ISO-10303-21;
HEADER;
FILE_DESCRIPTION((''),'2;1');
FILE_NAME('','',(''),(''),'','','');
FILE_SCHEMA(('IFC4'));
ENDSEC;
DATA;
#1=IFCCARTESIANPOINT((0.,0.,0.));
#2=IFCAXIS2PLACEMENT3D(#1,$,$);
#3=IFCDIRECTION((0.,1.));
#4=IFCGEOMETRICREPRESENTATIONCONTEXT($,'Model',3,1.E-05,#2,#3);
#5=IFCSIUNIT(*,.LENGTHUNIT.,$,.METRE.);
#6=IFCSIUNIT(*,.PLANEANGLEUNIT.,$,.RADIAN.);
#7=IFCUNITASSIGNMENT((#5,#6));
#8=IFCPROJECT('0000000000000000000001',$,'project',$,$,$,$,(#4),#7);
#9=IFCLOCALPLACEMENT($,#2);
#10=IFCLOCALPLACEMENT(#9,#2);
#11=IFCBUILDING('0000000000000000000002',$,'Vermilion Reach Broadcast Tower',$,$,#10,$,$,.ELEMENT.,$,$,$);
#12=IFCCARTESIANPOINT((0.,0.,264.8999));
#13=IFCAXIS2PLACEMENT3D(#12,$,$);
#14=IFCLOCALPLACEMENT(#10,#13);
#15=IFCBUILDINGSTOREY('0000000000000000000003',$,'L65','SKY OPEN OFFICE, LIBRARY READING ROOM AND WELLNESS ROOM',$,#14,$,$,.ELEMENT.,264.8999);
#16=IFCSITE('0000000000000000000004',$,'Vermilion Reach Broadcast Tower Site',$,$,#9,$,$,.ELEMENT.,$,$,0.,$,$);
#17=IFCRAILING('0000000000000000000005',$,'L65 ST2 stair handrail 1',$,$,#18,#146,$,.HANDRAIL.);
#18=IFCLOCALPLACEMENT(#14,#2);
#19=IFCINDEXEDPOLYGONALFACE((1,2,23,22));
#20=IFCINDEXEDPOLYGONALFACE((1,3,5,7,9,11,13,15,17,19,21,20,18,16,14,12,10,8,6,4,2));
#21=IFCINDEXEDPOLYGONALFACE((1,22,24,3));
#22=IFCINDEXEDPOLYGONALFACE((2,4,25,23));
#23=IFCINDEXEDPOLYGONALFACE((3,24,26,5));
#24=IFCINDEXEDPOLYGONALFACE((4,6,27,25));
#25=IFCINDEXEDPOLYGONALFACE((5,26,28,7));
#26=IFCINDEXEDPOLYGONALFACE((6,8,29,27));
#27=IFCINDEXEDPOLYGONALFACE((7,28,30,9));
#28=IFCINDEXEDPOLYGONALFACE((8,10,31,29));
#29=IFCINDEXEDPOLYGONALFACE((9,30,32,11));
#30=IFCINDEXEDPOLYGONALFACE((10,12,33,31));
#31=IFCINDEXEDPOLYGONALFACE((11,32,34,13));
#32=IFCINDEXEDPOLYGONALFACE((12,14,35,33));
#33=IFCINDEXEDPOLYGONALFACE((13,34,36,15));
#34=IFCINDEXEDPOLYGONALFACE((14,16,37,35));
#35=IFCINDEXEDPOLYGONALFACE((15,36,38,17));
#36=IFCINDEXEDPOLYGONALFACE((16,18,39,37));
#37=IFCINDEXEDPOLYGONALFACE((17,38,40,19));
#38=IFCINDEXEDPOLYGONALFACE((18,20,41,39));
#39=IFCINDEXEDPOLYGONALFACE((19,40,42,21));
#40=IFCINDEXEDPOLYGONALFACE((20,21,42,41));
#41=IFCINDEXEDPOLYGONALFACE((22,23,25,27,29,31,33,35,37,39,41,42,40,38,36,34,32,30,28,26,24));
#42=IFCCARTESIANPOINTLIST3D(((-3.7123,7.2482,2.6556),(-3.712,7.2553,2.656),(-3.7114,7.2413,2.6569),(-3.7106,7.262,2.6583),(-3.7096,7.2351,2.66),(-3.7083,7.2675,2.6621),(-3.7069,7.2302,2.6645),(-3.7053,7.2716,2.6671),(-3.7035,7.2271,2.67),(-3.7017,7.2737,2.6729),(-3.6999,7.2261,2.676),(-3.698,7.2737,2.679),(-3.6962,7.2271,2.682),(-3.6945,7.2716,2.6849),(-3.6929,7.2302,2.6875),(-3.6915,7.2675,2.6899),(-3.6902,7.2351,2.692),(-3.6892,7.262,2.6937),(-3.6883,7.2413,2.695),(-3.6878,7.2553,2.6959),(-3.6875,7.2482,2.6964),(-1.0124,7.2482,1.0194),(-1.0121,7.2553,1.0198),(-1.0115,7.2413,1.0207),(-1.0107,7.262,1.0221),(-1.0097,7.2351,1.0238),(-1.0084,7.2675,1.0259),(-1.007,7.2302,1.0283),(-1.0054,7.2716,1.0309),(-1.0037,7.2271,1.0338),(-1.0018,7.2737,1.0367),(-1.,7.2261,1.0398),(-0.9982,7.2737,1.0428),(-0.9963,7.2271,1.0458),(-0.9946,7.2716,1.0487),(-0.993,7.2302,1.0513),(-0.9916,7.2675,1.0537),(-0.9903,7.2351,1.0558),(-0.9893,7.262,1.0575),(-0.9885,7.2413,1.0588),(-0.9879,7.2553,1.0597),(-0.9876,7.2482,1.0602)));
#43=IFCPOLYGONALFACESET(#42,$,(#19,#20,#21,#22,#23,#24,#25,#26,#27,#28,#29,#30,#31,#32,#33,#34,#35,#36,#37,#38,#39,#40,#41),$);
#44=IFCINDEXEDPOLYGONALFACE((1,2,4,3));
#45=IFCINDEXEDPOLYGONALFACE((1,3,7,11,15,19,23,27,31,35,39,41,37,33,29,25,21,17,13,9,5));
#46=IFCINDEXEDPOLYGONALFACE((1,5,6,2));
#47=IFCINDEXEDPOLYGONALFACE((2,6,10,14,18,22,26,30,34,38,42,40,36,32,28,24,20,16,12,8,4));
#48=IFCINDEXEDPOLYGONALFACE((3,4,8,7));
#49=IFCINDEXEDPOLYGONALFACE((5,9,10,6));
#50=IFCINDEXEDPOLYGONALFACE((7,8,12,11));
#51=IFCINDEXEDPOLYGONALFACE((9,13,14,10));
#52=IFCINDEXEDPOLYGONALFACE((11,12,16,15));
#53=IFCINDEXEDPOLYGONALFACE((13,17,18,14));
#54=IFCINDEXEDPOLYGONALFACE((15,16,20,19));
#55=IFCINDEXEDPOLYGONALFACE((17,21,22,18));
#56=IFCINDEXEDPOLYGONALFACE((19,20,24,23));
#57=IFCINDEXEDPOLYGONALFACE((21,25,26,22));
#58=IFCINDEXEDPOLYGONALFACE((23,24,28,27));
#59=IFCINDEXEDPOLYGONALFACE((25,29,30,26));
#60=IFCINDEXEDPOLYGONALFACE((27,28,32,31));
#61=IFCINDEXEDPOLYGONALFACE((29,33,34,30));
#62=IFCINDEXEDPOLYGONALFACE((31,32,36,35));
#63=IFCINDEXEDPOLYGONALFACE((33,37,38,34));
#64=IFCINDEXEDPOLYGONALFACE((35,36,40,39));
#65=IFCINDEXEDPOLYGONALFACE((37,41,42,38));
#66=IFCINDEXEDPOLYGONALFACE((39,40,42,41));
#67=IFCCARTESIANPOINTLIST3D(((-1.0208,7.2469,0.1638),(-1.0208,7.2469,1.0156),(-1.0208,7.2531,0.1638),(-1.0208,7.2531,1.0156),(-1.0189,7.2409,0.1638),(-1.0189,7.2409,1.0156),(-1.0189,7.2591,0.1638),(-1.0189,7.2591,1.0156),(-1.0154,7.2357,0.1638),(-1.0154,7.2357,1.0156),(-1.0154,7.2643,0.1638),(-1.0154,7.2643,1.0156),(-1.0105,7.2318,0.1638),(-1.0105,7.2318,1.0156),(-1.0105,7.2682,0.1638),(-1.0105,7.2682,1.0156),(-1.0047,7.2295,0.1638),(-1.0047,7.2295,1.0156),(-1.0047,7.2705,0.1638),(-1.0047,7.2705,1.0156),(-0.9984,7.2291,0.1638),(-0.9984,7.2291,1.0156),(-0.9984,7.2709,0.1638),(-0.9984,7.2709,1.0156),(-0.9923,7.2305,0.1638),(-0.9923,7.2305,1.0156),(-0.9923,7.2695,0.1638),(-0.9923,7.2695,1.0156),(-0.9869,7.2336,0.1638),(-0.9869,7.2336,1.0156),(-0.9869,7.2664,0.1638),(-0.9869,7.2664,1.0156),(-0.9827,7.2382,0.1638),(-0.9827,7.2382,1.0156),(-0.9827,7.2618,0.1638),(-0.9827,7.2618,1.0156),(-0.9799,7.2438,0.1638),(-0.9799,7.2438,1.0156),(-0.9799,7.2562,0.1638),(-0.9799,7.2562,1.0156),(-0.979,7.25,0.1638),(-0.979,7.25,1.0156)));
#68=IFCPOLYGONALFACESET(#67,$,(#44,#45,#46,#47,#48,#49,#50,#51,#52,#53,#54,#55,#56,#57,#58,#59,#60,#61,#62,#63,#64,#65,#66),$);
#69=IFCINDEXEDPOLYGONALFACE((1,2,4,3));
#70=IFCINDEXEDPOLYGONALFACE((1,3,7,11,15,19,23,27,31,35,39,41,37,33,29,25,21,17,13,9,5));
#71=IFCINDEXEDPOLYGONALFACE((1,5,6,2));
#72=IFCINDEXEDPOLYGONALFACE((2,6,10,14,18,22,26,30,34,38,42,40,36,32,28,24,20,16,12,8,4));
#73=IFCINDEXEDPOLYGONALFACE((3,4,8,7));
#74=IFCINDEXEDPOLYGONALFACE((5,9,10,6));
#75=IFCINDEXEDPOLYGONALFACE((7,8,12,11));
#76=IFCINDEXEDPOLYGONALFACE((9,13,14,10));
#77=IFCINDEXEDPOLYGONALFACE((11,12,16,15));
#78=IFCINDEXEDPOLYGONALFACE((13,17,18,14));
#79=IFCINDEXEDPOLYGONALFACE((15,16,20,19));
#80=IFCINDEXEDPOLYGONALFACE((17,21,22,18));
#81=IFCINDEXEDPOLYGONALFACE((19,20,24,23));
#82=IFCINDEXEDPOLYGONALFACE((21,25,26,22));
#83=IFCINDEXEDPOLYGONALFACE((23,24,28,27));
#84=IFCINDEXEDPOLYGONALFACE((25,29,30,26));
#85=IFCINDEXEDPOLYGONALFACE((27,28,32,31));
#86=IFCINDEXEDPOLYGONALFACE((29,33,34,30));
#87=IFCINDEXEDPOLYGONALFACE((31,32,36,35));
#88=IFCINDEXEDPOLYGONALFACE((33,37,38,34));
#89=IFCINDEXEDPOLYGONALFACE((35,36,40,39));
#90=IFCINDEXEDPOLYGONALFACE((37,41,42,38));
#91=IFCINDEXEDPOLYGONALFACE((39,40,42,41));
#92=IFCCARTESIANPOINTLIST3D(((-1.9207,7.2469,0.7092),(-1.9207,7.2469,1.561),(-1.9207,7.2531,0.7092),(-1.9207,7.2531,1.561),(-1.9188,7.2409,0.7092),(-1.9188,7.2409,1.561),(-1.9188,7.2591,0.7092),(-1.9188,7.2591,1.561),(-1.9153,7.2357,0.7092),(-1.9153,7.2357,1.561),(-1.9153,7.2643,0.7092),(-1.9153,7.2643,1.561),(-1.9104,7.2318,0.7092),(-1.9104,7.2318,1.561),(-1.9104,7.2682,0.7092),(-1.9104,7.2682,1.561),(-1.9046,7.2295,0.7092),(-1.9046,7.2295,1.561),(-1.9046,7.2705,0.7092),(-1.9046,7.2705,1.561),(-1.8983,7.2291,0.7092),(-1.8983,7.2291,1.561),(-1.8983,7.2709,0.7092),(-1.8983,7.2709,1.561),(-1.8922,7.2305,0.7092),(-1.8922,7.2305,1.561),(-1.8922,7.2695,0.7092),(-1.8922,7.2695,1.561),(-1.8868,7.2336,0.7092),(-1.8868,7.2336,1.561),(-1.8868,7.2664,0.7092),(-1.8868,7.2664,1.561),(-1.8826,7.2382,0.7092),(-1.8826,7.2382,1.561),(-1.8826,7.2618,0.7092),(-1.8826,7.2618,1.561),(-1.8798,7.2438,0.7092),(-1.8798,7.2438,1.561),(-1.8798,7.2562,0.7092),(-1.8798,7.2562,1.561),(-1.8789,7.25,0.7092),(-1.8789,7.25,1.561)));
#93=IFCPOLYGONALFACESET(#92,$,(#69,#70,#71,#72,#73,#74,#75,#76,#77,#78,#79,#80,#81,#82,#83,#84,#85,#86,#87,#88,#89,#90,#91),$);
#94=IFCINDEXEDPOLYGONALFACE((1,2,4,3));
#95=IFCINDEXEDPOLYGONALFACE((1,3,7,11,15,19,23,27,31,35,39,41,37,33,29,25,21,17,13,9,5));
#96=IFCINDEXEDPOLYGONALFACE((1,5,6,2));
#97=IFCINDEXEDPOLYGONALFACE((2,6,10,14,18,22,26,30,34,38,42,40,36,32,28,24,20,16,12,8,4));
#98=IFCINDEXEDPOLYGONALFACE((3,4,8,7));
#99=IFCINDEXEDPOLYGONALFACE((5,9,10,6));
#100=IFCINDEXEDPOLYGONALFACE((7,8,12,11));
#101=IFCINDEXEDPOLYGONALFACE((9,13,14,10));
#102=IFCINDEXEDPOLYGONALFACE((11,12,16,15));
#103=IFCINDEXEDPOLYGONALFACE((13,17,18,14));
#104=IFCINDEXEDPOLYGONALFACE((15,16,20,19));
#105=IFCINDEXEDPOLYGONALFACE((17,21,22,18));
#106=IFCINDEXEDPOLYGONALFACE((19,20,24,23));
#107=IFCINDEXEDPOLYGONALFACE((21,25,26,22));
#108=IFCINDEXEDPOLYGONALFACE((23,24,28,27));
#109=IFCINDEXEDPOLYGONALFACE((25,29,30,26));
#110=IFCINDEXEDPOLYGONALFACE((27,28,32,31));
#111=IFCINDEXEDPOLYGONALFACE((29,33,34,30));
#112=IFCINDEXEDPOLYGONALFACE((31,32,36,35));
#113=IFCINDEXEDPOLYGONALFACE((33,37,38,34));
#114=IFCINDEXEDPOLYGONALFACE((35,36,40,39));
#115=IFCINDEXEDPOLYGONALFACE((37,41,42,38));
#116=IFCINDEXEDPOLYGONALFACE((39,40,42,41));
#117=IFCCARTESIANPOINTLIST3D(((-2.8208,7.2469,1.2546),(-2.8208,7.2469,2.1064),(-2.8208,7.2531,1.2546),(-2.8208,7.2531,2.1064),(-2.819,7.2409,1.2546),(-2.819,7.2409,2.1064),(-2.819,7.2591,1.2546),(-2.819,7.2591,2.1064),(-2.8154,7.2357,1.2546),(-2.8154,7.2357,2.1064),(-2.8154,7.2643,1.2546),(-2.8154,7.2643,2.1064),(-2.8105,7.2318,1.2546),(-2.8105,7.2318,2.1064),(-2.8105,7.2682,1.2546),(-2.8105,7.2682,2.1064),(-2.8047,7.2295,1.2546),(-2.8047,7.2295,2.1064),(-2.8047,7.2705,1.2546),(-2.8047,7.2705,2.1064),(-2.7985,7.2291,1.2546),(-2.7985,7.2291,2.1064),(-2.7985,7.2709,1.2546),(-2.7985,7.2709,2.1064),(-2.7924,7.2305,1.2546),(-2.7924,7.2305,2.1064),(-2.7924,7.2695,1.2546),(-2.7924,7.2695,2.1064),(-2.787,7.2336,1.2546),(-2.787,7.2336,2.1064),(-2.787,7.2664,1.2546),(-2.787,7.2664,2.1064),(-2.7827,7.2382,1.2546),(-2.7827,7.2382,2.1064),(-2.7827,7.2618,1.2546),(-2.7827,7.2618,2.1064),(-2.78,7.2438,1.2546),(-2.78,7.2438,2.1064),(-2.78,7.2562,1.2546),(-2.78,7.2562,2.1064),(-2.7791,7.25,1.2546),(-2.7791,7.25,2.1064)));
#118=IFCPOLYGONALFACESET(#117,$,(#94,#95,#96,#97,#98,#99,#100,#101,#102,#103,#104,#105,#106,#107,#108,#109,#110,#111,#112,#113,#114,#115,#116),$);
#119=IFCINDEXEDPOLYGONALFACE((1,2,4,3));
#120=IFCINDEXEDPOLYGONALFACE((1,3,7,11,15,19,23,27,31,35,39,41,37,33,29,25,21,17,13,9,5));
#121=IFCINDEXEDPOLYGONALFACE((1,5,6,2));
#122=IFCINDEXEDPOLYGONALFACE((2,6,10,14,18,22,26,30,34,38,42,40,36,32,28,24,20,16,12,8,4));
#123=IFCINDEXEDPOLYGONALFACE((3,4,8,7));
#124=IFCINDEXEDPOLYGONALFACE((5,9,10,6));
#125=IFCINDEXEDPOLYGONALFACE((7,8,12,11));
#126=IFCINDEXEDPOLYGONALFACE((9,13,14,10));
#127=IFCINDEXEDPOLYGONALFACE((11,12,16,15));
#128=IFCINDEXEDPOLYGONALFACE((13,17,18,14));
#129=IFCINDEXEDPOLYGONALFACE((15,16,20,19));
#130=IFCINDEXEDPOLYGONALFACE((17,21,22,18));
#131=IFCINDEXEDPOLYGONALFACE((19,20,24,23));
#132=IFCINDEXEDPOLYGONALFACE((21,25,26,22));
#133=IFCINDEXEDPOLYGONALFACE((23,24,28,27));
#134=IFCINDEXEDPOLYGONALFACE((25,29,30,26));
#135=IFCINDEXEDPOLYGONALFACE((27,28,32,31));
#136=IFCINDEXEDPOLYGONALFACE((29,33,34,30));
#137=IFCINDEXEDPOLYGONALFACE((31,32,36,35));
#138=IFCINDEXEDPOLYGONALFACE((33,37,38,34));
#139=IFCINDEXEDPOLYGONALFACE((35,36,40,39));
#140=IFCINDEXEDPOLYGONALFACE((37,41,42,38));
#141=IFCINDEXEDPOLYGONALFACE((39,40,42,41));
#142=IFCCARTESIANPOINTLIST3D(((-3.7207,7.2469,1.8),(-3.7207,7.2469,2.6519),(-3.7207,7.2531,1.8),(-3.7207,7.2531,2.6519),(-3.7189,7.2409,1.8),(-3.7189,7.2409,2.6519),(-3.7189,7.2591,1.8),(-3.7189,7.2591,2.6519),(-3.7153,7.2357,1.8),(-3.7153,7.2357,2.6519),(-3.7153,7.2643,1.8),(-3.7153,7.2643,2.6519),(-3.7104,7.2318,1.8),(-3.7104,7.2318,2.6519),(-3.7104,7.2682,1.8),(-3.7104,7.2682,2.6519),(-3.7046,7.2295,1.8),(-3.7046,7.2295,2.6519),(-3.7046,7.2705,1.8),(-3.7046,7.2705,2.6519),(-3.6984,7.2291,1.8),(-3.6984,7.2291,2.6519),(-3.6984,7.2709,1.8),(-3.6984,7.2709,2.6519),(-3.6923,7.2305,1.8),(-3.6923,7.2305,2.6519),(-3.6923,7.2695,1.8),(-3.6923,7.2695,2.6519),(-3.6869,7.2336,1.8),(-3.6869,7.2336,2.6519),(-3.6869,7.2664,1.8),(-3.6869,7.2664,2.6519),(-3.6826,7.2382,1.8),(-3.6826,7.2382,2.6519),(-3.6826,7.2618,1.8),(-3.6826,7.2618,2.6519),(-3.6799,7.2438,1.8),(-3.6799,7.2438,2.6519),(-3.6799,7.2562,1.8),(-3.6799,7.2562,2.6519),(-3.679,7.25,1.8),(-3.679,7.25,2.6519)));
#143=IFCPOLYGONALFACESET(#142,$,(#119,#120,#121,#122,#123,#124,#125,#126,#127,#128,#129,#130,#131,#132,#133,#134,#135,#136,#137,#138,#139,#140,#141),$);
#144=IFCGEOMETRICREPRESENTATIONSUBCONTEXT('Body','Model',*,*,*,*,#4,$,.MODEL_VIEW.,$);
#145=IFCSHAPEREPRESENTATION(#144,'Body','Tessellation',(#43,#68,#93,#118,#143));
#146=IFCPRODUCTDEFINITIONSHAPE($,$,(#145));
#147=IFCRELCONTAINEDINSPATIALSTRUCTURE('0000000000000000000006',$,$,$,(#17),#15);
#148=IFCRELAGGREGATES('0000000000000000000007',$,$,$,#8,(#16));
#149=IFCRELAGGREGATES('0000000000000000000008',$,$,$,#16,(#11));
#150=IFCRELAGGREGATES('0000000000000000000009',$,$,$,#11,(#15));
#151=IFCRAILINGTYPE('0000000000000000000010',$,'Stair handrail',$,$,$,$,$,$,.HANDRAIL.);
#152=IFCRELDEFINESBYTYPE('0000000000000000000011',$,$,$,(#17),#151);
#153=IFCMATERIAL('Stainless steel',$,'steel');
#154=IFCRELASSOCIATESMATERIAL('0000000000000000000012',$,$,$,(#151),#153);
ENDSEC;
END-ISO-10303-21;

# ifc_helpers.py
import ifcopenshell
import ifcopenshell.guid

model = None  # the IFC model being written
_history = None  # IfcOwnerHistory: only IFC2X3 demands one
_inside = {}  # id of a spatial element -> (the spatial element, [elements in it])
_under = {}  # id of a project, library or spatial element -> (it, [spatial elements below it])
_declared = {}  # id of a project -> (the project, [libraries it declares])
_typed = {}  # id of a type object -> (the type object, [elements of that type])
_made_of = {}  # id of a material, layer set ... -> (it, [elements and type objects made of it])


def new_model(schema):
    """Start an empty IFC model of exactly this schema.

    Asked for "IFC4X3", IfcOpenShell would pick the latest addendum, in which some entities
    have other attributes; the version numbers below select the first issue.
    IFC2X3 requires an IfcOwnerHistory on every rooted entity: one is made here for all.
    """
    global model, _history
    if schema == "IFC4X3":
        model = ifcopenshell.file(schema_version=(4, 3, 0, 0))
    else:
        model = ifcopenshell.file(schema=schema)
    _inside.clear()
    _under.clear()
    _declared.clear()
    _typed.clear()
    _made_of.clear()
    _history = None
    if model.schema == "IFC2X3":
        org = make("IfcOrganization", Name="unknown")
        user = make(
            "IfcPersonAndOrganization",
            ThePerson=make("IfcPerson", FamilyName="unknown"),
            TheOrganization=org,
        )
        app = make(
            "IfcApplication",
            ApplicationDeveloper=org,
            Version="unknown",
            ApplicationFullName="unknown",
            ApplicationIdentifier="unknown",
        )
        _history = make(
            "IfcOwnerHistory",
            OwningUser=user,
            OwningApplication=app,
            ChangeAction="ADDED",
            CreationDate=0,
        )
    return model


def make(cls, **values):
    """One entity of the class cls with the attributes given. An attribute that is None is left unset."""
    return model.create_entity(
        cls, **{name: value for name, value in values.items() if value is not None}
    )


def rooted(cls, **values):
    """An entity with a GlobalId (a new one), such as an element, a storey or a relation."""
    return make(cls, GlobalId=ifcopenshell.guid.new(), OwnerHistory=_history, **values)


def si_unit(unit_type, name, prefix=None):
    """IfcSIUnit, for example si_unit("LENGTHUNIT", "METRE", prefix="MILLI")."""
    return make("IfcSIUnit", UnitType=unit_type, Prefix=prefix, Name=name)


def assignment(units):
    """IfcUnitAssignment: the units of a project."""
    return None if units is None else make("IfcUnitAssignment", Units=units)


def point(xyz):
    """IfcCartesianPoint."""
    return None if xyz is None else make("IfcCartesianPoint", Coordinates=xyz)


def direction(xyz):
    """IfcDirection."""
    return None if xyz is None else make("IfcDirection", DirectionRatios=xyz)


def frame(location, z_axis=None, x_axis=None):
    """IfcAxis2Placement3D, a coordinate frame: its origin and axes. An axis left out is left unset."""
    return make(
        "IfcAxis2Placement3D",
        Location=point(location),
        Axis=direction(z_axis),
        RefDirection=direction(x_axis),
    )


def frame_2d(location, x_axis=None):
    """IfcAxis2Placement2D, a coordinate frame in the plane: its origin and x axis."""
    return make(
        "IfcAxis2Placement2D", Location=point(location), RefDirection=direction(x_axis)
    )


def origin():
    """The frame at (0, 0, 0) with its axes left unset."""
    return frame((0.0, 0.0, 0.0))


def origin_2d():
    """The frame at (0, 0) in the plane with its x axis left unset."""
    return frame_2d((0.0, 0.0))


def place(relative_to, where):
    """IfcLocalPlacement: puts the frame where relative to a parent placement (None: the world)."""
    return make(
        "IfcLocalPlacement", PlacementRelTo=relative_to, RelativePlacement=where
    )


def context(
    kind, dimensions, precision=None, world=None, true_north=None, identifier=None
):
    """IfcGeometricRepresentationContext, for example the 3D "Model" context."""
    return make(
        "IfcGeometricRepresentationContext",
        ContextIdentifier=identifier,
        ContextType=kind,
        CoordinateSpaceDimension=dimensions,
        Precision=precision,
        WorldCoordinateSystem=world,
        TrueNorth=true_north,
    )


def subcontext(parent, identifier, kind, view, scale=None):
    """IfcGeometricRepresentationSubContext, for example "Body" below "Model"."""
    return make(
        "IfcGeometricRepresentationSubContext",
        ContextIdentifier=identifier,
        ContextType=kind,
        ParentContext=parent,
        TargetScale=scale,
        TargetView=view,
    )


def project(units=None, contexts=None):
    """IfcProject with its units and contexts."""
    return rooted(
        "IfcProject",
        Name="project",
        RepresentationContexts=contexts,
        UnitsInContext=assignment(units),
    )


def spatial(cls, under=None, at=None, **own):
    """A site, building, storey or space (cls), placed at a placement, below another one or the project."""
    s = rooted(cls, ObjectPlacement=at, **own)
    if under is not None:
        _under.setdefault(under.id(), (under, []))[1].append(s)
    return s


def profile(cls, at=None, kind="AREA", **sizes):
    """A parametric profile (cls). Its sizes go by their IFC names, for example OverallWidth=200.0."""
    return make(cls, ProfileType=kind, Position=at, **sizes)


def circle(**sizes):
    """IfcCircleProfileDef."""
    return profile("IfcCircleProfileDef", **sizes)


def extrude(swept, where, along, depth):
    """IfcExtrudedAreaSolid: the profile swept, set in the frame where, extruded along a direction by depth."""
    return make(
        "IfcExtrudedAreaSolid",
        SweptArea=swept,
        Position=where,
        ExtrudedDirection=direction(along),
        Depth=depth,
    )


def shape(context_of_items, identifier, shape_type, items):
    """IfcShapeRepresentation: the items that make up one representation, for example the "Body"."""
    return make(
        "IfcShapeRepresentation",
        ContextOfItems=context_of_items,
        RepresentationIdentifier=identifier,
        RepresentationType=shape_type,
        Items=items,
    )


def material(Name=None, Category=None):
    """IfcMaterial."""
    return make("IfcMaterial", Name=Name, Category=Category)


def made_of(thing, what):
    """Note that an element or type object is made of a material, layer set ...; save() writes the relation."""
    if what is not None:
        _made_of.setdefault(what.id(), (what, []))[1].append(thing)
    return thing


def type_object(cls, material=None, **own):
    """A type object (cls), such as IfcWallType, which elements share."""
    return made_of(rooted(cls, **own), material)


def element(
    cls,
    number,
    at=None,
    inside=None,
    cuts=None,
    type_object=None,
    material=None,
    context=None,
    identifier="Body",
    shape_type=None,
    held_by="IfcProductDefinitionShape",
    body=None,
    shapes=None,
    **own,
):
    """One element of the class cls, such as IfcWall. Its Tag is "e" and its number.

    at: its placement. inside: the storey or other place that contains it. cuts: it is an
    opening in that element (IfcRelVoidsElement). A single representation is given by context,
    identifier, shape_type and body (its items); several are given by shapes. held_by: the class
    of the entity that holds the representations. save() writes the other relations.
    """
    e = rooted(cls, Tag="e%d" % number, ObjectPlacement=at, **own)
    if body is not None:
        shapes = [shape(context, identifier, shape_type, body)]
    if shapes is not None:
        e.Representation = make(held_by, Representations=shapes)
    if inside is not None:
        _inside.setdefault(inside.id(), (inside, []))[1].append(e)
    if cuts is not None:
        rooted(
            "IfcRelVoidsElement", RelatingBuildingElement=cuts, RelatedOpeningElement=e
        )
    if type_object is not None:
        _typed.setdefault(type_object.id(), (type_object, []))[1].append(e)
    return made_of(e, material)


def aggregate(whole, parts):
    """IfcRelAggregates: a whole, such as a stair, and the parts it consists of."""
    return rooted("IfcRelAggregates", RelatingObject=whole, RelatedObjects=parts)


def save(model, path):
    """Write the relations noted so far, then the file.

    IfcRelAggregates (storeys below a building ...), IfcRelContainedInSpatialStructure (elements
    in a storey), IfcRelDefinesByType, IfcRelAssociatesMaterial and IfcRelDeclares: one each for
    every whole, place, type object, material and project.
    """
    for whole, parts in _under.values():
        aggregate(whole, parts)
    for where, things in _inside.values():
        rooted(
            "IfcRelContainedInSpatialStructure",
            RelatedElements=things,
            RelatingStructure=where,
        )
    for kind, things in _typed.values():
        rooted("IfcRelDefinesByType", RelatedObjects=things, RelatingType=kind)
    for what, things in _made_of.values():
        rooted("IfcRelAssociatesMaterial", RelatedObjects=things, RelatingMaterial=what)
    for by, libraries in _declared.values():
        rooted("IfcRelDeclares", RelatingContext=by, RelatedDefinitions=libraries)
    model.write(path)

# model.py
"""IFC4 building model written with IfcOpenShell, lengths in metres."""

from ifc_helpers import new_model, si_unit, direction, frame, origin, origin_2d, place, context, subcontext, project, spatial, circle, extrude, material, type_object, element, save


model = new_model("IFC4")

# Units and contexts
model_context = context("Model", 3, precision=1e-05, world=origin(), true_north=direction((0.0, 1.0)))
body_context = subcontext(model_context, "Body", "Model", "MODEL_VIEW")
ifc_project = project(units=[si_unit("LENGTHUNIT", "METRE"), si_unit("PLANEANGLEUNIT", "RADIAN")], contexts=[model_context])

# Site, building, storey
site_placement = place(None, origin())
site = spatial("IfcSite", under=ifc_project, at=site_placement, Name="Vermilion Reach Broadcast Tower Site", CompositionType="ELEMENT", RefElevation=0.0)
building_placement = place(site_placement, origin())
building = spatial("IfcBuilding", under=site, at=building_placement, Name="Vermilion Reach Broadcast Tower", CompositionType="ELEMENT")
storey_placement = place(building_placement, frame((0.0, 0.0, 264.8999)))
storey = spatial("IfcBuildingStorey", under=building, at=storey_placement, Name="L65", Description="SKY OPEN OFFICE, LIBRARY READING ROOM AND WELLNESS ROOM", CompositionType="ELEMENT", Elevation=264.8999)

# Railing
ifc_material_1 = material(Name="Stainless steel", Category="steel")
railing_type_1 = type_object("IfcRailingType", Name="Stair handrail", PredefinedType="HANDRAIL", material=ifc_material_1)
railing_1_placement = place(storey_placement, frame((-1.0, 7.25, 0.1638)))
element("IfcRailing", 1, at=railing_1_placement, inside=storey, type_object=railing_type_1, Name="L65 ST2 stair handrail 1", PredefinedType="HANDRAIL", context=body_context, shape_type="SweptSolid", body=[
    extrude(circle(Radius=0.0239, at=origin_2d()), frame((0.0, 0.0, 0.876), z_axis=(-0.855212, 0.0, 0.518278), x_axis=(0.0, -1.0, 0.0)), (0.0, 0.0, 1.0), 3.157),
    extrude(circle(Radius=0.021, at=origin_2d()), origin(), (0.0, 0.0, 1.0), 0.8518),
    extrude(circle(Radius=0.021, at=origin_2d()), frame((-0.8999, 0.0, 0.5454)), (0.0, 0.0, 1.0), 0.8518),
    extrude(circle(Radius=0.021, at=origin_2d()), frame((-1.8, 0.0, 1.0908)), (0.0, 0.0, 1.0), 0.8518),
    extrude(circle(Radius=0.021, at=origin_2d()), frame((-2.7, 0.0, 1.6362)), (0.0, 0.0, 1.0), 0.8518),
])

save(model, "model.ifc")
